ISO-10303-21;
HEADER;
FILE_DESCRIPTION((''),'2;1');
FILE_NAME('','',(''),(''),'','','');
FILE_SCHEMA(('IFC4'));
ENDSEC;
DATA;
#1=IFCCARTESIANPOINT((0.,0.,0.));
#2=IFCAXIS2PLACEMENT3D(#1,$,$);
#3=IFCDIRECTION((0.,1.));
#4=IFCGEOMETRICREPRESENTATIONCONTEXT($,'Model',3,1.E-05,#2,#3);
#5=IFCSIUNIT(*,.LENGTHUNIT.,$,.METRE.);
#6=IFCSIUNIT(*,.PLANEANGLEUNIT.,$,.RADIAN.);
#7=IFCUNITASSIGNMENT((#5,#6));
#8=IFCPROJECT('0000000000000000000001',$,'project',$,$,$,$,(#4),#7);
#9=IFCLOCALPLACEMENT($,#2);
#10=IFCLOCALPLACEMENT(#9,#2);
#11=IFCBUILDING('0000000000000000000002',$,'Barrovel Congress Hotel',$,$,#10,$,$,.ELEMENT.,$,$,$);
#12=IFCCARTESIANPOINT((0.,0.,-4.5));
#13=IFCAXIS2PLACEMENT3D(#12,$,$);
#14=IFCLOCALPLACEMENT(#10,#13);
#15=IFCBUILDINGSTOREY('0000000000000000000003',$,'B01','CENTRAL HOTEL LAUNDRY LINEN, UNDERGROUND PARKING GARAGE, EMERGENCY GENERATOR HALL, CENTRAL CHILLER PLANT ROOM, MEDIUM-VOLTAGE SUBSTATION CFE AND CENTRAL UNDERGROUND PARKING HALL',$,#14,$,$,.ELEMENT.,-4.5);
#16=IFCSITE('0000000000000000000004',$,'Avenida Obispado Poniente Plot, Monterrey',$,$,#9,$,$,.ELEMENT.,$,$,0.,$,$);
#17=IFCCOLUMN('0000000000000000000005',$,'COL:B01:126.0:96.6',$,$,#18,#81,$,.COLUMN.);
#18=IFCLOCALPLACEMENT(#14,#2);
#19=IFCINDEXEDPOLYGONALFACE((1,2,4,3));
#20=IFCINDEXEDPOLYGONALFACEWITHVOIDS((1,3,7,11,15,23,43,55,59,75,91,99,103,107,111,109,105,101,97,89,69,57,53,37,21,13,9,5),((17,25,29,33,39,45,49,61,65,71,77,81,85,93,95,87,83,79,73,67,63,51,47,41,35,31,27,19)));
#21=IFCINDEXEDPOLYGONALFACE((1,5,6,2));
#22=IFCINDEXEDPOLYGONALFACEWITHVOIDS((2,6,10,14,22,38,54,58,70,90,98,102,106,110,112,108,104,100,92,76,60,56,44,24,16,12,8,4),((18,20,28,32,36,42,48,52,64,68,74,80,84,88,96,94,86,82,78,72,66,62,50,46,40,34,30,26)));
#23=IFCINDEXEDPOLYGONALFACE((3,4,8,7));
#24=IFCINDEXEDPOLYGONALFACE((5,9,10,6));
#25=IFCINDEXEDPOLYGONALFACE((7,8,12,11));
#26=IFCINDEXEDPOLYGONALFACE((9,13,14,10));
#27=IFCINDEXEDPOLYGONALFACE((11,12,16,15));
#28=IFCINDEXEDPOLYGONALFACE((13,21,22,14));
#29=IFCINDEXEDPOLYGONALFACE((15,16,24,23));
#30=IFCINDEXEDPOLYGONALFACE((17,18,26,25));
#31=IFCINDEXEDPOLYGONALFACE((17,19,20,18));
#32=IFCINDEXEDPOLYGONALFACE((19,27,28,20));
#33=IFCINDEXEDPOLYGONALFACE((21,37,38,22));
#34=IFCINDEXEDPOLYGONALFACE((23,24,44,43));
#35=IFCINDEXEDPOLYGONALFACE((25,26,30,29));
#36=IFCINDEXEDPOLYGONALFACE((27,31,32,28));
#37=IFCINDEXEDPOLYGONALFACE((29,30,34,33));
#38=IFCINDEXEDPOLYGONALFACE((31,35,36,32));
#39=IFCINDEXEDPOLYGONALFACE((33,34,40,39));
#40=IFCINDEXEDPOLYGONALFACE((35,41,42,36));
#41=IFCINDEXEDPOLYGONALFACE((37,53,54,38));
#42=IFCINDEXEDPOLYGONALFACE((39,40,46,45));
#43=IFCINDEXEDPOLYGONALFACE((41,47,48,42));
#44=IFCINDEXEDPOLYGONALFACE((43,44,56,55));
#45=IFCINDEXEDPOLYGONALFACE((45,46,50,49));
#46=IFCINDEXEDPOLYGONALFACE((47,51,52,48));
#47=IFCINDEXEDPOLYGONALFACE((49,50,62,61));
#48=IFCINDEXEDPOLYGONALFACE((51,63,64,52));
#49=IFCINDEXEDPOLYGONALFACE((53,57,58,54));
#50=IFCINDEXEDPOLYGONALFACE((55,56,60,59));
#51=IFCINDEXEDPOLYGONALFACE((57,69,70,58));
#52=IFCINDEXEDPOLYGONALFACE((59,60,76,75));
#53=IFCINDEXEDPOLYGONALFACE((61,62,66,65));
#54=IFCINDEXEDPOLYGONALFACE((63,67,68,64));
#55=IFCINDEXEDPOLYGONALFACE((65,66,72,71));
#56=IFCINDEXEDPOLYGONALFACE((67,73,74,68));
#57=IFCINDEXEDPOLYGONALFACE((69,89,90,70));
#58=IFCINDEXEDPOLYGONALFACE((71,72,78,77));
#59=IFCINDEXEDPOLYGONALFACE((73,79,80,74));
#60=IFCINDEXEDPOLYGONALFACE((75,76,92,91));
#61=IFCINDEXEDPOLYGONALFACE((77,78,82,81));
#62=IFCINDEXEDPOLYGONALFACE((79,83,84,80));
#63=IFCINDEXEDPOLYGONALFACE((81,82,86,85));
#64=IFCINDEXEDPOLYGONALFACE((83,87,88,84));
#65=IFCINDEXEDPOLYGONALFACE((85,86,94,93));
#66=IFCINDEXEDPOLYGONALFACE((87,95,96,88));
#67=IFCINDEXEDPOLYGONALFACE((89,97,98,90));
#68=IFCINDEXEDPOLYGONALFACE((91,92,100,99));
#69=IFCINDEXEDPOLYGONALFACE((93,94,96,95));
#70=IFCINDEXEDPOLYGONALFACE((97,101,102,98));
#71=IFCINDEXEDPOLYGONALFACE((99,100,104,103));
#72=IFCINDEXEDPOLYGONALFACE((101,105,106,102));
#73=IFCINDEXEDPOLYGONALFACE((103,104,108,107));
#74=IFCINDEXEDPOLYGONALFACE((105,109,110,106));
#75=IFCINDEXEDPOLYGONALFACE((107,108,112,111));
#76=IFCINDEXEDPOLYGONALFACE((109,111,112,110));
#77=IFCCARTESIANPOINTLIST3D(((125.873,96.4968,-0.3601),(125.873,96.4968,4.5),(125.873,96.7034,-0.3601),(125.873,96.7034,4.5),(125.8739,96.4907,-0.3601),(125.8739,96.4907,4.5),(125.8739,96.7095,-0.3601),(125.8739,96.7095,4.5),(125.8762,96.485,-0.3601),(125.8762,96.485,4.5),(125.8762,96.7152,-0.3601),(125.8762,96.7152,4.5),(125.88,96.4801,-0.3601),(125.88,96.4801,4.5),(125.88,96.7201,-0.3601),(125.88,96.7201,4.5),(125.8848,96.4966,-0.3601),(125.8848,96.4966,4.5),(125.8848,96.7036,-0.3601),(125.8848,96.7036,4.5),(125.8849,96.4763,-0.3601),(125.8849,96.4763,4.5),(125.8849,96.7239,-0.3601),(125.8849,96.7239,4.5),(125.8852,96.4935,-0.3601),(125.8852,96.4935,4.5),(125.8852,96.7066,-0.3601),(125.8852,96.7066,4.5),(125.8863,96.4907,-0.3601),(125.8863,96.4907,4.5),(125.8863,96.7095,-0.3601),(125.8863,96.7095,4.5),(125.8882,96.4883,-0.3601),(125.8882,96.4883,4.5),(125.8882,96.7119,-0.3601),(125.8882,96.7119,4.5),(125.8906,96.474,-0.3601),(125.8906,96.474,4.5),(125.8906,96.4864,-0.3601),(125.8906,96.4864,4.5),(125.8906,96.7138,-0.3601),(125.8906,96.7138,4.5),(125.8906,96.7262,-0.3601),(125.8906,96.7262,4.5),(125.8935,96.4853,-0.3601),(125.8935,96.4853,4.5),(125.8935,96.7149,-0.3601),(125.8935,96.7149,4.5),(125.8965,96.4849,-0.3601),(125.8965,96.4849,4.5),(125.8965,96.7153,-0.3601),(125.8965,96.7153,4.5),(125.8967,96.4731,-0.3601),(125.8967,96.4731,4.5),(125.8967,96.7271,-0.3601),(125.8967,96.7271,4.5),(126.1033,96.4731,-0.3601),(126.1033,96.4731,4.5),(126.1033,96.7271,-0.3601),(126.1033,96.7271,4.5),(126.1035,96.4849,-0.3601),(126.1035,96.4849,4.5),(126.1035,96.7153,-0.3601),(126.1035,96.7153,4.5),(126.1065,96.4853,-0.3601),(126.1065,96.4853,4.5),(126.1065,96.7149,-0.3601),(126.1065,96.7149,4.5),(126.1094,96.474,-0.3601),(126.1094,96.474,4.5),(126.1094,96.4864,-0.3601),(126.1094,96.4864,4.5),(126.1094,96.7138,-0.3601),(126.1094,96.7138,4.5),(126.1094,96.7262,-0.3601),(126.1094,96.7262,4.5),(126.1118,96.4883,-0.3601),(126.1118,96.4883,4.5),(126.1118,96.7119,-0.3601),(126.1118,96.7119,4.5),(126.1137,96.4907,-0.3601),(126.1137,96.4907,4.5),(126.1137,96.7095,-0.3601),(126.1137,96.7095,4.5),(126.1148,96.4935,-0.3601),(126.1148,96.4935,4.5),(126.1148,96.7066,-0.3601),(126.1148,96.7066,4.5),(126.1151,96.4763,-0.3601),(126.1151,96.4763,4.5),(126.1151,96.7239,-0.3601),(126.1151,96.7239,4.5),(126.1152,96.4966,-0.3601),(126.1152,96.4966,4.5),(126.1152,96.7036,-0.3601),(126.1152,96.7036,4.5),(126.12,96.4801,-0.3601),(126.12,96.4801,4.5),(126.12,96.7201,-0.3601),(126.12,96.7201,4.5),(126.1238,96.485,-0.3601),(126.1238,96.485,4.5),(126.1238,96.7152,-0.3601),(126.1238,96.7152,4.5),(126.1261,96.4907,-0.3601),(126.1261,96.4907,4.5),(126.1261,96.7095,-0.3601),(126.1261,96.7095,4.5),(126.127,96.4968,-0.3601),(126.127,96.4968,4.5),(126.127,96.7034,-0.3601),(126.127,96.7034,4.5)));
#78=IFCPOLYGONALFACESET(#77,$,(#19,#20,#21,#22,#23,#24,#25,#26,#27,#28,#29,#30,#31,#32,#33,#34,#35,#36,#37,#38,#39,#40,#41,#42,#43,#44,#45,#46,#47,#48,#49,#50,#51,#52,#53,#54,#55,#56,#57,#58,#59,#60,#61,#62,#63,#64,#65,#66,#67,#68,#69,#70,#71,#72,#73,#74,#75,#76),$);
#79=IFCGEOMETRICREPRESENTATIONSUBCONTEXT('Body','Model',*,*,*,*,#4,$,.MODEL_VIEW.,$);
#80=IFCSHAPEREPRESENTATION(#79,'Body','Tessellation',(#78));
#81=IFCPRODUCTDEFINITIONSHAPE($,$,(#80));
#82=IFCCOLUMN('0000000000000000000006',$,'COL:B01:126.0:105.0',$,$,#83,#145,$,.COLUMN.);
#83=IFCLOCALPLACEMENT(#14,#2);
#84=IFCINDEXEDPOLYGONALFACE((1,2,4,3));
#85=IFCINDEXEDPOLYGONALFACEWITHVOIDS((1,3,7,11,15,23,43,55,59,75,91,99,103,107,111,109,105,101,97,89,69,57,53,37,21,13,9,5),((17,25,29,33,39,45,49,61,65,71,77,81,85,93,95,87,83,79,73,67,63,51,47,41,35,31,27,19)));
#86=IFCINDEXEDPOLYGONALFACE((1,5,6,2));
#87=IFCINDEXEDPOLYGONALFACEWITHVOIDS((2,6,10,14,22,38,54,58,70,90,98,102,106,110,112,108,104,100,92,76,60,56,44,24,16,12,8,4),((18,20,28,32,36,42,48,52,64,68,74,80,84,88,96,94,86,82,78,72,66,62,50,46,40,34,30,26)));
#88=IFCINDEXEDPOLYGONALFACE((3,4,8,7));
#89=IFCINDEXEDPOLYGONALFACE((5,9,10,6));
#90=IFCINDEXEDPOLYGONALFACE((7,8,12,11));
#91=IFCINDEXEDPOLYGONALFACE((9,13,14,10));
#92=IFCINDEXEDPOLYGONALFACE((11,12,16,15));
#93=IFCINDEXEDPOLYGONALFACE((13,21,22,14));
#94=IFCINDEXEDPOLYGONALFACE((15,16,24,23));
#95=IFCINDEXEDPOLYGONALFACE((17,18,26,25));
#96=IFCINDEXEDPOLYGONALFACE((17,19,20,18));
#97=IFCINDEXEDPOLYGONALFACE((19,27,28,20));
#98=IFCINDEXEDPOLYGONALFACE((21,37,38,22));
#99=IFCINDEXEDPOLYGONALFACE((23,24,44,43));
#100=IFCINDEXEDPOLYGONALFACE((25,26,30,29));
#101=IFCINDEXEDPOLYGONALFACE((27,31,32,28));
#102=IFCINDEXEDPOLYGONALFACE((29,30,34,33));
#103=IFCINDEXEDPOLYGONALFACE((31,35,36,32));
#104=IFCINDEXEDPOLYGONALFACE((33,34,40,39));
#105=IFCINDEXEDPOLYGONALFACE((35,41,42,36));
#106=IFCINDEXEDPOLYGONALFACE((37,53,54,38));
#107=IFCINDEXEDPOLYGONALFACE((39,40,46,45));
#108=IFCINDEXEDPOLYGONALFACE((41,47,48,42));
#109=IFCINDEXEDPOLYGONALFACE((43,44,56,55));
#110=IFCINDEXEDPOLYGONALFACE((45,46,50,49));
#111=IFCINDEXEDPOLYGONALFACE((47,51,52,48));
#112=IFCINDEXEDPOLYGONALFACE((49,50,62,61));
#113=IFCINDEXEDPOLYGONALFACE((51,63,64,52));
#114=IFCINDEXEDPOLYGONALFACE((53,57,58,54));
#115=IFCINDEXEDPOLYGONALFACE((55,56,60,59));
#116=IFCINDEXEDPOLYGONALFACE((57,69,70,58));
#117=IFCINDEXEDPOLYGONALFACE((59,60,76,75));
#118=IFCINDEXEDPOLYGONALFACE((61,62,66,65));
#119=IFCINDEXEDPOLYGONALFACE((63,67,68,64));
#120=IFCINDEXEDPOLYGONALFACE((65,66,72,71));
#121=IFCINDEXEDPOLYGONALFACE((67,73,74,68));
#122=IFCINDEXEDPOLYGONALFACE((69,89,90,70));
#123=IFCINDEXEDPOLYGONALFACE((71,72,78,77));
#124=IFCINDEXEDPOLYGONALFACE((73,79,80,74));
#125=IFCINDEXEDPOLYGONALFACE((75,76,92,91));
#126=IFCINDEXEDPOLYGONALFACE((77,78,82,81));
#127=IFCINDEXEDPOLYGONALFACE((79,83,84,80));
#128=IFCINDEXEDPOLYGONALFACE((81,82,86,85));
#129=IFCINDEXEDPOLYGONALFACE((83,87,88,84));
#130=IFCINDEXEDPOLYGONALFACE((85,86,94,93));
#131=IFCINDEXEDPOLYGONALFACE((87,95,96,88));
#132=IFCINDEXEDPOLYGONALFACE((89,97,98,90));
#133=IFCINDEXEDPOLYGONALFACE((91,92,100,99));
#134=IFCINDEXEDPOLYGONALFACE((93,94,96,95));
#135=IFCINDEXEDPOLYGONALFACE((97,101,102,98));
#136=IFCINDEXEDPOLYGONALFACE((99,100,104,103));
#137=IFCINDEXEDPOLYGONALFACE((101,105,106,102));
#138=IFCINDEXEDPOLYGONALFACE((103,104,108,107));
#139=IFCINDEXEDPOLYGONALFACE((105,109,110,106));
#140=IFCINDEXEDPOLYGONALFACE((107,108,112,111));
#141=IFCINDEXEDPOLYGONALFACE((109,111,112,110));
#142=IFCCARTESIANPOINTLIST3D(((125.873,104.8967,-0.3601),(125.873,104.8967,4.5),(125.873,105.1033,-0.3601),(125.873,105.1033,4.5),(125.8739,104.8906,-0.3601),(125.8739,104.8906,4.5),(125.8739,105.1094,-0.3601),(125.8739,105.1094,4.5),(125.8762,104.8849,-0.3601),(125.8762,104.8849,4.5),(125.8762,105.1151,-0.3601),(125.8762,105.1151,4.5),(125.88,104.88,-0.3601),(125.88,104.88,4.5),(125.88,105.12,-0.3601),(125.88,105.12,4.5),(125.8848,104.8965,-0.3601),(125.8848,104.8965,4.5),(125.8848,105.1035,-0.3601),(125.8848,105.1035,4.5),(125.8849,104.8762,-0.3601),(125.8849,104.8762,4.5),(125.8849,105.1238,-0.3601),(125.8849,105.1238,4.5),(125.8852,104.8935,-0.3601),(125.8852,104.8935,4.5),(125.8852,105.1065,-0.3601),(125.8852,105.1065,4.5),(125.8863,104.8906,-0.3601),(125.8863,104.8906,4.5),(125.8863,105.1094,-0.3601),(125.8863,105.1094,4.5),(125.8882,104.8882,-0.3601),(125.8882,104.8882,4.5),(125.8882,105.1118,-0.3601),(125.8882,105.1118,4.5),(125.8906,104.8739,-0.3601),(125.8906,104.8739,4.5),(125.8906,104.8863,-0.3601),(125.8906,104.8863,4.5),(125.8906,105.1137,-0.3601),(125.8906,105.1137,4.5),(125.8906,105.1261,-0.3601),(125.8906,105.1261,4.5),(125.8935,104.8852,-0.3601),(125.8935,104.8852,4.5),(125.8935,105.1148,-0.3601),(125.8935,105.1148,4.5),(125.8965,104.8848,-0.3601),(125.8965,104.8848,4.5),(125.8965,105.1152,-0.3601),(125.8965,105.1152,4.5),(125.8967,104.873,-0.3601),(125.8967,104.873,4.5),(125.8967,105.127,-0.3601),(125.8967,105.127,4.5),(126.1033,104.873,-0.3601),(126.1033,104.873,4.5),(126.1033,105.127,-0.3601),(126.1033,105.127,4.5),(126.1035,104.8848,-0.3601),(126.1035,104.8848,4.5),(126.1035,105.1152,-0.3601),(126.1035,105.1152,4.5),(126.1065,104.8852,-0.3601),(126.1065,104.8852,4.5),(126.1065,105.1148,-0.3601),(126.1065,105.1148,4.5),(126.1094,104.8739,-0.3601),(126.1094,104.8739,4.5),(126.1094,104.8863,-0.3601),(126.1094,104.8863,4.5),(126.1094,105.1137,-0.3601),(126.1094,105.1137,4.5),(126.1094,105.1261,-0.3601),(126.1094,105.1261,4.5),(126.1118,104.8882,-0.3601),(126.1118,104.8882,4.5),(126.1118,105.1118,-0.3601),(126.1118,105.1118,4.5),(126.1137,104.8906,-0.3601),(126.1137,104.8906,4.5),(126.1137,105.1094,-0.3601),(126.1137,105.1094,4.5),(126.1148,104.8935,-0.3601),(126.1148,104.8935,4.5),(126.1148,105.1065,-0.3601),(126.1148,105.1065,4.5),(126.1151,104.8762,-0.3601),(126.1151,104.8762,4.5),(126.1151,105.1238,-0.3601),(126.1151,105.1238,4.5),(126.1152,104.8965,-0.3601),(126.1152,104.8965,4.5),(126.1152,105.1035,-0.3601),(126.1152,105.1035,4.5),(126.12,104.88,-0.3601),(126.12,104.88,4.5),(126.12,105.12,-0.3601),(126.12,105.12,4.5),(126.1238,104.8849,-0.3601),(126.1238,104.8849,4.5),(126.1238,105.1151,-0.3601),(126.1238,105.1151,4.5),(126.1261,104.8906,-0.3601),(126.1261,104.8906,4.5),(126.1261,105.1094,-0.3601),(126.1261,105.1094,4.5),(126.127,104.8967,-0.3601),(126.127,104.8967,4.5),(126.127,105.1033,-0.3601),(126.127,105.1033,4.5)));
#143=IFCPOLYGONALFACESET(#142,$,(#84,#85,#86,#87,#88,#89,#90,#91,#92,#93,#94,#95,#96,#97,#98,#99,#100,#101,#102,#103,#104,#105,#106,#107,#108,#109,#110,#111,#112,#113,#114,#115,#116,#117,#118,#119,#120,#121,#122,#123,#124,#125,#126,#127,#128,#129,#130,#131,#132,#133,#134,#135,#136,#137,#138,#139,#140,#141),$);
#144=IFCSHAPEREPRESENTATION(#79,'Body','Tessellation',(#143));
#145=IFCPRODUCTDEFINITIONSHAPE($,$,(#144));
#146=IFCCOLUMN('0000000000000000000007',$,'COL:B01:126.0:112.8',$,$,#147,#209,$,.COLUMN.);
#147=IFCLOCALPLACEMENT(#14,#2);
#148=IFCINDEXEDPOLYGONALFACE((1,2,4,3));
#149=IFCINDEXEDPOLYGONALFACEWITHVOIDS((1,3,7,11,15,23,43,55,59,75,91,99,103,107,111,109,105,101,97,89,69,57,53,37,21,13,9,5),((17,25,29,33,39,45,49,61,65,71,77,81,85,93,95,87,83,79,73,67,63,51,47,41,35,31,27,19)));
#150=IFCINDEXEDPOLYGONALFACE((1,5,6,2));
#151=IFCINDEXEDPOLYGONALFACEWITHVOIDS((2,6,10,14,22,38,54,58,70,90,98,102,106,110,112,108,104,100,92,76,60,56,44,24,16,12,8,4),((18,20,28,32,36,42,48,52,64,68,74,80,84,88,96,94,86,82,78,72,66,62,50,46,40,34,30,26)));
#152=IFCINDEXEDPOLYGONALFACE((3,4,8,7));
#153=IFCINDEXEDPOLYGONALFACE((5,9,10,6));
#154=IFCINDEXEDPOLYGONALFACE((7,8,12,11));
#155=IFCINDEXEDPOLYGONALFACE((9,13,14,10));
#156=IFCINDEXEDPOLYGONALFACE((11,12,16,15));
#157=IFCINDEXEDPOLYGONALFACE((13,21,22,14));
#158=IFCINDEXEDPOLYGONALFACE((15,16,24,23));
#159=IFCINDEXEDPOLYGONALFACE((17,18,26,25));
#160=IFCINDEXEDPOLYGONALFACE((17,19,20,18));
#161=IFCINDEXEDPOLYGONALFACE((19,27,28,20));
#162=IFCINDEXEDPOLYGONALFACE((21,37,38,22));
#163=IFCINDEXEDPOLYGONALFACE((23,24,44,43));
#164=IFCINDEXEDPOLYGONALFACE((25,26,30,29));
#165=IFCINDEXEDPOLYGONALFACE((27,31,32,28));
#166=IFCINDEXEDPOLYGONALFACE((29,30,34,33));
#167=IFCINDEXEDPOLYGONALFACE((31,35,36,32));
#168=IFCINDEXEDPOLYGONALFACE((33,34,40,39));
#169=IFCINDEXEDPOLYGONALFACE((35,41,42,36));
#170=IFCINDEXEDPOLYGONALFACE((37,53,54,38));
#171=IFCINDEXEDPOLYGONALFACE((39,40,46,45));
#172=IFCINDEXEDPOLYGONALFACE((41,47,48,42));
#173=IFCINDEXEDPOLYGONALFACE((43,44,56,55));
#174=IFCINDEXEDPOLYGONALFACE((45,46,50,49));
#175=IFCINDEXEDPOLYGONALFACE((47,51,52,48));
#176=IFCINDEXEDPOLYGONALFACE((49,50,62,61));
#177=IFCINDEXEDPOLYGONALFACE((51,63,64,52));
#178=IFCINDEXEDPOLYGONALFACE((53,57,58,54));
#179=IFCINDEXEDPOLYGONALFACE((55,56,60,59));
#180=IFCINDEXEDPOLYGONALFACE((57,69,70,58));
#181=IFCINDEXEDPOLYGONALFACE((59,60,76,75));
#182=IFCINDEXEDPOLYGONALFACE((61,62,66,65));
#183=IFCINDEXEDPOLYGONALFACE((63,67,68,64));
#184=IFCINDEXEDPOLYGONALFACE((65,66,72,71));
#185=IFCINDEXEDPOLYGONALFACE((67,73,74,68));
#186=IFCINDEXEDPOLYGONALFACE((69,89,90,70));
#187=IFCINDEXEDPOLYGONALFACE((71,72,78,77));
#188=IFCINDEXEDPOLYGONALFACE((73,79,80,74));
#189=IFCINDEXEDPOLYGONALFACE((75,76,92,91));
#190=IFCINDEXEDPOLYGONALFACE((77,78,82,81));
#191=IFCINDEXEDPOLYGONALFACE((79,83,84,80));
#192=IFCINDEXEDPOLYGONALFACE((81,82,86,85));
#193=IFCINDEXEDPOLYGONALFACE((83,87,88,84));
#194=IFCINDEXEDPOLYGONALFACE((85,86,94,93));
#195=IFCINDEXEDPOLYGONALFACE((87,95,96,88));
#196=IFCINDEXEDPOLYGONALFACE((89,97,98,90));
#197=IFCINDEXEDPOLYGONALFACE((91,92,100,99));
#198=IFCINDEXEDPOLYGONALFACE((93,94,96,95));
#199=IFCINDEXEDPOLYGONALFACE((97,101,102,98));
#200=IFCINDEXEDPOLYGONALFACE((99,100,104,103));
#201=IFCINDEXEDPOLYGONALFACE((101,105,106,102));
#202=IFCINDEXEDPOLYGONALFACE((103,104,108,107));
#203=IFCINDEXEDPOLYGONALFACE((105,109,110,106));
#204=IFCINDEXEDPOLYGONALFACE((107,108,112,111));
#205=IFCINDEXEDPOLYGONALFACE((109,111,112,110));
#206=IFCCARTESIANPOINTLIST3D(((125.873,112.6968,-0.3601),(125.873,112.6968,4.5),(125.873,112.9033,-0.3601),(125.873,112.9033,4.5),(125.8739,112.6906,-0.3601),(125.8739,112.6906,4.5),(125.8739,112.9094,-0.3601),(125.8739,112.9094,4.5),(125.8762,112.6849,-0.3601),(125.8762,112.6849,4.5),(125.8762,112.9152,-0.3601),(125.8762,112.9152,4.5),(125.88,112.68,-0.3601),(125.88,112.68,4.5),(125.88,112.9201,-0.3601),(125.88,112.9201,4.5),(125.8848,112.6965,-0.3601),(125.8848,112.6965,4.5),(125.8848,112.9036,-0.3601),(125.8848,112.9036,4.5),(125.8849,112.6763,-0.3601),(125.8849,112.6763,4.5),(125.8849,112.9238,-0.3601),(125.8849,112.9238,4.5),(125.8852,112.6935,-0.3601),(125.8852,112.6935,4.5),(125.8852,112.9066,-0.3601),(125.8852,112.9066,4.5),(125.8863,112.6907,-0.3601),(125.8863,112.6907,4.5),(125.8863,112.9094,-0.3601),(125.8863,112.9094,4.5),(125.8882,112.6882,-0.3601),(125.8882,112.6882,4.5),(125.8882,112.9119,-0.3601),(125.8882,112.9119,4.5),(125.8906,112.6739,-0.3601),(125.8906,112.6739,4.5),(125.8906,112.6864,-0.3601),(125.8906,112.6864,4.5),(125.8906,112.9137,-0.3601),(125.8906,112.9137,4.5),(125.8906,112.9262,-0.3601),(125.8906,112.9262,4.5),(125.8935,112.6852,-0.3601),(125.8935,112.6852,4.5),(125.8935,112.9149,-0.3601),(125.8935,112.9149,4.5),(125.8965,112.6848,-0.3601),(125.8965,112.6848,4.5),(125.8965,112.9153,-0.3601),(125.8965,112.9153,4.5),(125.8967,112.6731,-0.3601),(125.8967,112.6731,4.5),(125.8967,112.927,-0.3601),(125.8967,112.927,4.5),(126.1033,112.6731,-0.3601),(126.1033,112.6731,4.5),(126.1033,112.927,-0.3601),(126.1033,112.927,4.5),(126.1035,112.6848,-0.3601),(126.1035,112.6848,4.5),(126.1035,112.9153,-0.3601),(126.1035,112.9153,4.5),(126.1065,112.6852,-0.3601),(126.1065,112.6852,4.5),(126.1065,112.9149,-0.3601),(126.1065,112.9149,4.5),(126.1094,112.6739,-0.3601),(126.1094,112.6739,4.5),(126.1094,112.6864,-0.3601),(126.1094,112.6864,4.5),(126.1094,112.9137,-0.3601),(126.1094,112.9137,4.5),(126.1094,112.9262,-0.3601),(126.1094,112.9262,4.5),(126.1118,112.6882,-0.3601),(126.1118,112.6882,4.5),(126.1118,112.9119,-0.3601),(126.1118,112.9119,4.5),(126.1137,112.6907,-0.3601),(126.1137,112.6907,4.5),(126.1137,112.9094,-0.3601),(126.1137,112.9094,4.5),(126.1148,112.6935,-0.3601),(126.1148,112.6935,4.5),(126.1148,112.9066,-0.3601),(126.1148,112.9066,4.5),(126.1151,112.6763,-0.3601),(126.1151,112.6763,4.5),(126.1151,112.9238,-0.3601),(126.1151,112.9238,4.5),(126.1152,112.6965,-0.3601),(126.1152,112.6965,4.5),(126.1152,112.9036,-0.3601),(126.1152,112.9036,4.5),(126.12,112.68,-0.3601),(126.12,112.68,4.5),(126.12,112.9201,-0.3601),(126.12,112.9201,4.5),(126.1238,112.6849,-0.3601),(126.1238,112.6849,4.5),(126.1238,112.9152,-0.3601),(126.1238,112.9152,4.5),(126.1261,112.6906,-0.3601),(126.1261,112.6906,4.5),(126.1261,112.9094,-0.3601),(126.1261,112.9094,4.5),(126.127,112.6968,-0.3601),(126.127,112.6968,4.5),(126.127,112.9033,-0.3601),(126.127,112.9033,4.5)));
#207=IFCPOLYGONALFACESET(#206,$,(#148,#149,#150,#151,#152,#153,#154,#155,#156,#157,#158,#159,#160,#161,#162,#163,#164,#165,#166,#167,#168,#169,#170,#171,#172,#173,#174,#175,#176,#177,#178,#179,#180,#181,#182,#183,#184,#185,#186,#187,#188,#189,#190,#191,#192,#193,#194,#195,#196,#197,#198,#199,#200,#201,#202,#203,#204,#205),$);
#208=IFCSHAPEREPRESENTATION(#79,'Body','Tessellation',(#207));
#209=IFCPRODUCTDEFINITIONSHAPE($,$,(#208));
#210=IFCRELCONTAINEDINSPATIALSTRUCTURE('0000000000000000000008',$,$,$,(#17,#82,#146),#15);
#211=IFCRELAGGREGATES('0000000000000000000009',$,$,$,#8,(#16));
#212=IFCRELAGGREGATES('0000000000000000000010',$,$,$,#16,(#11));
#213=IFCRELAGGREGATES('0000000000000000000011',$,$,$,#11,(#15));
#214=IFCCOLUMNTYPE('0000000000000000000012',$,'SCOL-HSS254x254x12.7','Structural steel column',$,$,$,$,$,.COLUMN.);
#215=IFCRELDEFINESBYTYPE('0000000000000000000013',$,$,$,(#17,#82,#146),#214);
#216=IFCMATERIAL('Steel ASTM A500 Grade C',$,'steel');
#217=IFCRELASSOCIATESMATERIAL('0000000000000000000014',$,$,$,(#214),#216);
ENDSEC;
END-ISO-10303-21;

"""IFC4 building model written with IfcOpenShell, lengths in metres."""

from ifc_helpers import new_model, si_unit, direction, frame, origin, origin_2d, place, context, subcontext, project, spatial, hollow_rectangle, extrude, material, material_profile, profile_set, type_object, element, save


model = new_model("IFC4")

# Units and contexts
model_context = context("Model", 3, precision=1e-05, world=origin(), true_north=direction((0.0, 1.0)))
body_context = subcontext(model_context, "Body", "Model", "MODEL_VIEW")
ifc_project = project(units=[si_unit("LENGTHUNIT", "METRE"), si_unit("PLANEANGLEUNIT", "RADIAN")], contexts=[model_context])

# Site, building, storey
site_placement = place(None, origin())
site = spatial("IfcSite", under=ifc_project, at=site_placement, Name="Avenida Obispado Poniente Plot, Monterrey", CompositionType="ELEMENT", RefElevation=0.0)
building_placement = place(site_placement, origin())
building = spatial("IfcBuilding", under=site, at=building_placement, Name="Barrovel Congress Hotel", CompositionType="ELEMENT")
storey_placement = place(building_placement, frame((0.0, 0.0, -4.5)))
storey = spatial("IfcBuildingStorey", under=building, at=storey_placement, Name="B01", Description="CENTRAL HOTEL LAUNDRY LINEN, UNDERGROUND PARKING GARAGE, EMERGENCY GENERATOR HALL, CENTRAL CHILLER PLANT ROOM, MEDIUM-VOLTAGE SUBSTATION CFE AND CENTRAL UNDERGROUND PARKING HALL", CompositionType="ELEMENT", Elevation=-4.5)

# Columns
ifc_material_1 = material(Name="Steel ASTM A500 Grade C", Category="steel")
ifc_material_profile_1 = material_profile(ifc_material_1, hollow_rectangle(XDim=0.2539, YDim=0.2539, WallThickness=0.0117, InnerFilletRadius=0.0117, OuterFilletRadius=0.0237, at=origin_2d()), Name="HSS254x254x12.7")
ifc_profile_set_1 = profile_set([ifc_material_profile_1], Name="Steel ASTM A500 Grade C")
column_type_1 = type_object("IfcColumnType", Name="SCOL-HSS254x254x12.7", Description="Structural steel column", PredefinedType="COLUMN", material=ifc_profile_set_1)
for number, where, z_axis, x_axis, name in (
    (1, (126.0, 96.6001, -0.3601), (0.0, 0.0, 1.0), (1.0, 0.0, 0.0), "COL:B01:126.0:96.6"),
    (2, (126.0, 105.0, -0.3601), (0.0, 0.0, 1.0), (1.0, 0.0, 0.0), "COL:B01:126.0:105.0"),
    (3, (126.0, 112.8, -0.3601), (0.0, 0.0, 1.0), (1.0, 0.0, 0.0), "COL:B01:126.0:112.8"),
):
    element("IfcColumn", number, at=place(storey_placement, frame(where, z_axis=z_axis, x_axis=x_axis)), inside=storey, type_object=column_type_1, Name=name, PredefinedType="COLUMN", context=body_context, shape_type="SweptSolid", body=[
        extrude(hollow_rectangle(XDim=0.2539, YDim=0.2539, WallThickness=0.0117, InnerFilletRadius=0.0117, OuterFilletRadius=0.0237, at=origin_2d()), origin(), (0.0, 0.0, 1.0), 4.8601),
    ])

save(model, "model.ifc")
